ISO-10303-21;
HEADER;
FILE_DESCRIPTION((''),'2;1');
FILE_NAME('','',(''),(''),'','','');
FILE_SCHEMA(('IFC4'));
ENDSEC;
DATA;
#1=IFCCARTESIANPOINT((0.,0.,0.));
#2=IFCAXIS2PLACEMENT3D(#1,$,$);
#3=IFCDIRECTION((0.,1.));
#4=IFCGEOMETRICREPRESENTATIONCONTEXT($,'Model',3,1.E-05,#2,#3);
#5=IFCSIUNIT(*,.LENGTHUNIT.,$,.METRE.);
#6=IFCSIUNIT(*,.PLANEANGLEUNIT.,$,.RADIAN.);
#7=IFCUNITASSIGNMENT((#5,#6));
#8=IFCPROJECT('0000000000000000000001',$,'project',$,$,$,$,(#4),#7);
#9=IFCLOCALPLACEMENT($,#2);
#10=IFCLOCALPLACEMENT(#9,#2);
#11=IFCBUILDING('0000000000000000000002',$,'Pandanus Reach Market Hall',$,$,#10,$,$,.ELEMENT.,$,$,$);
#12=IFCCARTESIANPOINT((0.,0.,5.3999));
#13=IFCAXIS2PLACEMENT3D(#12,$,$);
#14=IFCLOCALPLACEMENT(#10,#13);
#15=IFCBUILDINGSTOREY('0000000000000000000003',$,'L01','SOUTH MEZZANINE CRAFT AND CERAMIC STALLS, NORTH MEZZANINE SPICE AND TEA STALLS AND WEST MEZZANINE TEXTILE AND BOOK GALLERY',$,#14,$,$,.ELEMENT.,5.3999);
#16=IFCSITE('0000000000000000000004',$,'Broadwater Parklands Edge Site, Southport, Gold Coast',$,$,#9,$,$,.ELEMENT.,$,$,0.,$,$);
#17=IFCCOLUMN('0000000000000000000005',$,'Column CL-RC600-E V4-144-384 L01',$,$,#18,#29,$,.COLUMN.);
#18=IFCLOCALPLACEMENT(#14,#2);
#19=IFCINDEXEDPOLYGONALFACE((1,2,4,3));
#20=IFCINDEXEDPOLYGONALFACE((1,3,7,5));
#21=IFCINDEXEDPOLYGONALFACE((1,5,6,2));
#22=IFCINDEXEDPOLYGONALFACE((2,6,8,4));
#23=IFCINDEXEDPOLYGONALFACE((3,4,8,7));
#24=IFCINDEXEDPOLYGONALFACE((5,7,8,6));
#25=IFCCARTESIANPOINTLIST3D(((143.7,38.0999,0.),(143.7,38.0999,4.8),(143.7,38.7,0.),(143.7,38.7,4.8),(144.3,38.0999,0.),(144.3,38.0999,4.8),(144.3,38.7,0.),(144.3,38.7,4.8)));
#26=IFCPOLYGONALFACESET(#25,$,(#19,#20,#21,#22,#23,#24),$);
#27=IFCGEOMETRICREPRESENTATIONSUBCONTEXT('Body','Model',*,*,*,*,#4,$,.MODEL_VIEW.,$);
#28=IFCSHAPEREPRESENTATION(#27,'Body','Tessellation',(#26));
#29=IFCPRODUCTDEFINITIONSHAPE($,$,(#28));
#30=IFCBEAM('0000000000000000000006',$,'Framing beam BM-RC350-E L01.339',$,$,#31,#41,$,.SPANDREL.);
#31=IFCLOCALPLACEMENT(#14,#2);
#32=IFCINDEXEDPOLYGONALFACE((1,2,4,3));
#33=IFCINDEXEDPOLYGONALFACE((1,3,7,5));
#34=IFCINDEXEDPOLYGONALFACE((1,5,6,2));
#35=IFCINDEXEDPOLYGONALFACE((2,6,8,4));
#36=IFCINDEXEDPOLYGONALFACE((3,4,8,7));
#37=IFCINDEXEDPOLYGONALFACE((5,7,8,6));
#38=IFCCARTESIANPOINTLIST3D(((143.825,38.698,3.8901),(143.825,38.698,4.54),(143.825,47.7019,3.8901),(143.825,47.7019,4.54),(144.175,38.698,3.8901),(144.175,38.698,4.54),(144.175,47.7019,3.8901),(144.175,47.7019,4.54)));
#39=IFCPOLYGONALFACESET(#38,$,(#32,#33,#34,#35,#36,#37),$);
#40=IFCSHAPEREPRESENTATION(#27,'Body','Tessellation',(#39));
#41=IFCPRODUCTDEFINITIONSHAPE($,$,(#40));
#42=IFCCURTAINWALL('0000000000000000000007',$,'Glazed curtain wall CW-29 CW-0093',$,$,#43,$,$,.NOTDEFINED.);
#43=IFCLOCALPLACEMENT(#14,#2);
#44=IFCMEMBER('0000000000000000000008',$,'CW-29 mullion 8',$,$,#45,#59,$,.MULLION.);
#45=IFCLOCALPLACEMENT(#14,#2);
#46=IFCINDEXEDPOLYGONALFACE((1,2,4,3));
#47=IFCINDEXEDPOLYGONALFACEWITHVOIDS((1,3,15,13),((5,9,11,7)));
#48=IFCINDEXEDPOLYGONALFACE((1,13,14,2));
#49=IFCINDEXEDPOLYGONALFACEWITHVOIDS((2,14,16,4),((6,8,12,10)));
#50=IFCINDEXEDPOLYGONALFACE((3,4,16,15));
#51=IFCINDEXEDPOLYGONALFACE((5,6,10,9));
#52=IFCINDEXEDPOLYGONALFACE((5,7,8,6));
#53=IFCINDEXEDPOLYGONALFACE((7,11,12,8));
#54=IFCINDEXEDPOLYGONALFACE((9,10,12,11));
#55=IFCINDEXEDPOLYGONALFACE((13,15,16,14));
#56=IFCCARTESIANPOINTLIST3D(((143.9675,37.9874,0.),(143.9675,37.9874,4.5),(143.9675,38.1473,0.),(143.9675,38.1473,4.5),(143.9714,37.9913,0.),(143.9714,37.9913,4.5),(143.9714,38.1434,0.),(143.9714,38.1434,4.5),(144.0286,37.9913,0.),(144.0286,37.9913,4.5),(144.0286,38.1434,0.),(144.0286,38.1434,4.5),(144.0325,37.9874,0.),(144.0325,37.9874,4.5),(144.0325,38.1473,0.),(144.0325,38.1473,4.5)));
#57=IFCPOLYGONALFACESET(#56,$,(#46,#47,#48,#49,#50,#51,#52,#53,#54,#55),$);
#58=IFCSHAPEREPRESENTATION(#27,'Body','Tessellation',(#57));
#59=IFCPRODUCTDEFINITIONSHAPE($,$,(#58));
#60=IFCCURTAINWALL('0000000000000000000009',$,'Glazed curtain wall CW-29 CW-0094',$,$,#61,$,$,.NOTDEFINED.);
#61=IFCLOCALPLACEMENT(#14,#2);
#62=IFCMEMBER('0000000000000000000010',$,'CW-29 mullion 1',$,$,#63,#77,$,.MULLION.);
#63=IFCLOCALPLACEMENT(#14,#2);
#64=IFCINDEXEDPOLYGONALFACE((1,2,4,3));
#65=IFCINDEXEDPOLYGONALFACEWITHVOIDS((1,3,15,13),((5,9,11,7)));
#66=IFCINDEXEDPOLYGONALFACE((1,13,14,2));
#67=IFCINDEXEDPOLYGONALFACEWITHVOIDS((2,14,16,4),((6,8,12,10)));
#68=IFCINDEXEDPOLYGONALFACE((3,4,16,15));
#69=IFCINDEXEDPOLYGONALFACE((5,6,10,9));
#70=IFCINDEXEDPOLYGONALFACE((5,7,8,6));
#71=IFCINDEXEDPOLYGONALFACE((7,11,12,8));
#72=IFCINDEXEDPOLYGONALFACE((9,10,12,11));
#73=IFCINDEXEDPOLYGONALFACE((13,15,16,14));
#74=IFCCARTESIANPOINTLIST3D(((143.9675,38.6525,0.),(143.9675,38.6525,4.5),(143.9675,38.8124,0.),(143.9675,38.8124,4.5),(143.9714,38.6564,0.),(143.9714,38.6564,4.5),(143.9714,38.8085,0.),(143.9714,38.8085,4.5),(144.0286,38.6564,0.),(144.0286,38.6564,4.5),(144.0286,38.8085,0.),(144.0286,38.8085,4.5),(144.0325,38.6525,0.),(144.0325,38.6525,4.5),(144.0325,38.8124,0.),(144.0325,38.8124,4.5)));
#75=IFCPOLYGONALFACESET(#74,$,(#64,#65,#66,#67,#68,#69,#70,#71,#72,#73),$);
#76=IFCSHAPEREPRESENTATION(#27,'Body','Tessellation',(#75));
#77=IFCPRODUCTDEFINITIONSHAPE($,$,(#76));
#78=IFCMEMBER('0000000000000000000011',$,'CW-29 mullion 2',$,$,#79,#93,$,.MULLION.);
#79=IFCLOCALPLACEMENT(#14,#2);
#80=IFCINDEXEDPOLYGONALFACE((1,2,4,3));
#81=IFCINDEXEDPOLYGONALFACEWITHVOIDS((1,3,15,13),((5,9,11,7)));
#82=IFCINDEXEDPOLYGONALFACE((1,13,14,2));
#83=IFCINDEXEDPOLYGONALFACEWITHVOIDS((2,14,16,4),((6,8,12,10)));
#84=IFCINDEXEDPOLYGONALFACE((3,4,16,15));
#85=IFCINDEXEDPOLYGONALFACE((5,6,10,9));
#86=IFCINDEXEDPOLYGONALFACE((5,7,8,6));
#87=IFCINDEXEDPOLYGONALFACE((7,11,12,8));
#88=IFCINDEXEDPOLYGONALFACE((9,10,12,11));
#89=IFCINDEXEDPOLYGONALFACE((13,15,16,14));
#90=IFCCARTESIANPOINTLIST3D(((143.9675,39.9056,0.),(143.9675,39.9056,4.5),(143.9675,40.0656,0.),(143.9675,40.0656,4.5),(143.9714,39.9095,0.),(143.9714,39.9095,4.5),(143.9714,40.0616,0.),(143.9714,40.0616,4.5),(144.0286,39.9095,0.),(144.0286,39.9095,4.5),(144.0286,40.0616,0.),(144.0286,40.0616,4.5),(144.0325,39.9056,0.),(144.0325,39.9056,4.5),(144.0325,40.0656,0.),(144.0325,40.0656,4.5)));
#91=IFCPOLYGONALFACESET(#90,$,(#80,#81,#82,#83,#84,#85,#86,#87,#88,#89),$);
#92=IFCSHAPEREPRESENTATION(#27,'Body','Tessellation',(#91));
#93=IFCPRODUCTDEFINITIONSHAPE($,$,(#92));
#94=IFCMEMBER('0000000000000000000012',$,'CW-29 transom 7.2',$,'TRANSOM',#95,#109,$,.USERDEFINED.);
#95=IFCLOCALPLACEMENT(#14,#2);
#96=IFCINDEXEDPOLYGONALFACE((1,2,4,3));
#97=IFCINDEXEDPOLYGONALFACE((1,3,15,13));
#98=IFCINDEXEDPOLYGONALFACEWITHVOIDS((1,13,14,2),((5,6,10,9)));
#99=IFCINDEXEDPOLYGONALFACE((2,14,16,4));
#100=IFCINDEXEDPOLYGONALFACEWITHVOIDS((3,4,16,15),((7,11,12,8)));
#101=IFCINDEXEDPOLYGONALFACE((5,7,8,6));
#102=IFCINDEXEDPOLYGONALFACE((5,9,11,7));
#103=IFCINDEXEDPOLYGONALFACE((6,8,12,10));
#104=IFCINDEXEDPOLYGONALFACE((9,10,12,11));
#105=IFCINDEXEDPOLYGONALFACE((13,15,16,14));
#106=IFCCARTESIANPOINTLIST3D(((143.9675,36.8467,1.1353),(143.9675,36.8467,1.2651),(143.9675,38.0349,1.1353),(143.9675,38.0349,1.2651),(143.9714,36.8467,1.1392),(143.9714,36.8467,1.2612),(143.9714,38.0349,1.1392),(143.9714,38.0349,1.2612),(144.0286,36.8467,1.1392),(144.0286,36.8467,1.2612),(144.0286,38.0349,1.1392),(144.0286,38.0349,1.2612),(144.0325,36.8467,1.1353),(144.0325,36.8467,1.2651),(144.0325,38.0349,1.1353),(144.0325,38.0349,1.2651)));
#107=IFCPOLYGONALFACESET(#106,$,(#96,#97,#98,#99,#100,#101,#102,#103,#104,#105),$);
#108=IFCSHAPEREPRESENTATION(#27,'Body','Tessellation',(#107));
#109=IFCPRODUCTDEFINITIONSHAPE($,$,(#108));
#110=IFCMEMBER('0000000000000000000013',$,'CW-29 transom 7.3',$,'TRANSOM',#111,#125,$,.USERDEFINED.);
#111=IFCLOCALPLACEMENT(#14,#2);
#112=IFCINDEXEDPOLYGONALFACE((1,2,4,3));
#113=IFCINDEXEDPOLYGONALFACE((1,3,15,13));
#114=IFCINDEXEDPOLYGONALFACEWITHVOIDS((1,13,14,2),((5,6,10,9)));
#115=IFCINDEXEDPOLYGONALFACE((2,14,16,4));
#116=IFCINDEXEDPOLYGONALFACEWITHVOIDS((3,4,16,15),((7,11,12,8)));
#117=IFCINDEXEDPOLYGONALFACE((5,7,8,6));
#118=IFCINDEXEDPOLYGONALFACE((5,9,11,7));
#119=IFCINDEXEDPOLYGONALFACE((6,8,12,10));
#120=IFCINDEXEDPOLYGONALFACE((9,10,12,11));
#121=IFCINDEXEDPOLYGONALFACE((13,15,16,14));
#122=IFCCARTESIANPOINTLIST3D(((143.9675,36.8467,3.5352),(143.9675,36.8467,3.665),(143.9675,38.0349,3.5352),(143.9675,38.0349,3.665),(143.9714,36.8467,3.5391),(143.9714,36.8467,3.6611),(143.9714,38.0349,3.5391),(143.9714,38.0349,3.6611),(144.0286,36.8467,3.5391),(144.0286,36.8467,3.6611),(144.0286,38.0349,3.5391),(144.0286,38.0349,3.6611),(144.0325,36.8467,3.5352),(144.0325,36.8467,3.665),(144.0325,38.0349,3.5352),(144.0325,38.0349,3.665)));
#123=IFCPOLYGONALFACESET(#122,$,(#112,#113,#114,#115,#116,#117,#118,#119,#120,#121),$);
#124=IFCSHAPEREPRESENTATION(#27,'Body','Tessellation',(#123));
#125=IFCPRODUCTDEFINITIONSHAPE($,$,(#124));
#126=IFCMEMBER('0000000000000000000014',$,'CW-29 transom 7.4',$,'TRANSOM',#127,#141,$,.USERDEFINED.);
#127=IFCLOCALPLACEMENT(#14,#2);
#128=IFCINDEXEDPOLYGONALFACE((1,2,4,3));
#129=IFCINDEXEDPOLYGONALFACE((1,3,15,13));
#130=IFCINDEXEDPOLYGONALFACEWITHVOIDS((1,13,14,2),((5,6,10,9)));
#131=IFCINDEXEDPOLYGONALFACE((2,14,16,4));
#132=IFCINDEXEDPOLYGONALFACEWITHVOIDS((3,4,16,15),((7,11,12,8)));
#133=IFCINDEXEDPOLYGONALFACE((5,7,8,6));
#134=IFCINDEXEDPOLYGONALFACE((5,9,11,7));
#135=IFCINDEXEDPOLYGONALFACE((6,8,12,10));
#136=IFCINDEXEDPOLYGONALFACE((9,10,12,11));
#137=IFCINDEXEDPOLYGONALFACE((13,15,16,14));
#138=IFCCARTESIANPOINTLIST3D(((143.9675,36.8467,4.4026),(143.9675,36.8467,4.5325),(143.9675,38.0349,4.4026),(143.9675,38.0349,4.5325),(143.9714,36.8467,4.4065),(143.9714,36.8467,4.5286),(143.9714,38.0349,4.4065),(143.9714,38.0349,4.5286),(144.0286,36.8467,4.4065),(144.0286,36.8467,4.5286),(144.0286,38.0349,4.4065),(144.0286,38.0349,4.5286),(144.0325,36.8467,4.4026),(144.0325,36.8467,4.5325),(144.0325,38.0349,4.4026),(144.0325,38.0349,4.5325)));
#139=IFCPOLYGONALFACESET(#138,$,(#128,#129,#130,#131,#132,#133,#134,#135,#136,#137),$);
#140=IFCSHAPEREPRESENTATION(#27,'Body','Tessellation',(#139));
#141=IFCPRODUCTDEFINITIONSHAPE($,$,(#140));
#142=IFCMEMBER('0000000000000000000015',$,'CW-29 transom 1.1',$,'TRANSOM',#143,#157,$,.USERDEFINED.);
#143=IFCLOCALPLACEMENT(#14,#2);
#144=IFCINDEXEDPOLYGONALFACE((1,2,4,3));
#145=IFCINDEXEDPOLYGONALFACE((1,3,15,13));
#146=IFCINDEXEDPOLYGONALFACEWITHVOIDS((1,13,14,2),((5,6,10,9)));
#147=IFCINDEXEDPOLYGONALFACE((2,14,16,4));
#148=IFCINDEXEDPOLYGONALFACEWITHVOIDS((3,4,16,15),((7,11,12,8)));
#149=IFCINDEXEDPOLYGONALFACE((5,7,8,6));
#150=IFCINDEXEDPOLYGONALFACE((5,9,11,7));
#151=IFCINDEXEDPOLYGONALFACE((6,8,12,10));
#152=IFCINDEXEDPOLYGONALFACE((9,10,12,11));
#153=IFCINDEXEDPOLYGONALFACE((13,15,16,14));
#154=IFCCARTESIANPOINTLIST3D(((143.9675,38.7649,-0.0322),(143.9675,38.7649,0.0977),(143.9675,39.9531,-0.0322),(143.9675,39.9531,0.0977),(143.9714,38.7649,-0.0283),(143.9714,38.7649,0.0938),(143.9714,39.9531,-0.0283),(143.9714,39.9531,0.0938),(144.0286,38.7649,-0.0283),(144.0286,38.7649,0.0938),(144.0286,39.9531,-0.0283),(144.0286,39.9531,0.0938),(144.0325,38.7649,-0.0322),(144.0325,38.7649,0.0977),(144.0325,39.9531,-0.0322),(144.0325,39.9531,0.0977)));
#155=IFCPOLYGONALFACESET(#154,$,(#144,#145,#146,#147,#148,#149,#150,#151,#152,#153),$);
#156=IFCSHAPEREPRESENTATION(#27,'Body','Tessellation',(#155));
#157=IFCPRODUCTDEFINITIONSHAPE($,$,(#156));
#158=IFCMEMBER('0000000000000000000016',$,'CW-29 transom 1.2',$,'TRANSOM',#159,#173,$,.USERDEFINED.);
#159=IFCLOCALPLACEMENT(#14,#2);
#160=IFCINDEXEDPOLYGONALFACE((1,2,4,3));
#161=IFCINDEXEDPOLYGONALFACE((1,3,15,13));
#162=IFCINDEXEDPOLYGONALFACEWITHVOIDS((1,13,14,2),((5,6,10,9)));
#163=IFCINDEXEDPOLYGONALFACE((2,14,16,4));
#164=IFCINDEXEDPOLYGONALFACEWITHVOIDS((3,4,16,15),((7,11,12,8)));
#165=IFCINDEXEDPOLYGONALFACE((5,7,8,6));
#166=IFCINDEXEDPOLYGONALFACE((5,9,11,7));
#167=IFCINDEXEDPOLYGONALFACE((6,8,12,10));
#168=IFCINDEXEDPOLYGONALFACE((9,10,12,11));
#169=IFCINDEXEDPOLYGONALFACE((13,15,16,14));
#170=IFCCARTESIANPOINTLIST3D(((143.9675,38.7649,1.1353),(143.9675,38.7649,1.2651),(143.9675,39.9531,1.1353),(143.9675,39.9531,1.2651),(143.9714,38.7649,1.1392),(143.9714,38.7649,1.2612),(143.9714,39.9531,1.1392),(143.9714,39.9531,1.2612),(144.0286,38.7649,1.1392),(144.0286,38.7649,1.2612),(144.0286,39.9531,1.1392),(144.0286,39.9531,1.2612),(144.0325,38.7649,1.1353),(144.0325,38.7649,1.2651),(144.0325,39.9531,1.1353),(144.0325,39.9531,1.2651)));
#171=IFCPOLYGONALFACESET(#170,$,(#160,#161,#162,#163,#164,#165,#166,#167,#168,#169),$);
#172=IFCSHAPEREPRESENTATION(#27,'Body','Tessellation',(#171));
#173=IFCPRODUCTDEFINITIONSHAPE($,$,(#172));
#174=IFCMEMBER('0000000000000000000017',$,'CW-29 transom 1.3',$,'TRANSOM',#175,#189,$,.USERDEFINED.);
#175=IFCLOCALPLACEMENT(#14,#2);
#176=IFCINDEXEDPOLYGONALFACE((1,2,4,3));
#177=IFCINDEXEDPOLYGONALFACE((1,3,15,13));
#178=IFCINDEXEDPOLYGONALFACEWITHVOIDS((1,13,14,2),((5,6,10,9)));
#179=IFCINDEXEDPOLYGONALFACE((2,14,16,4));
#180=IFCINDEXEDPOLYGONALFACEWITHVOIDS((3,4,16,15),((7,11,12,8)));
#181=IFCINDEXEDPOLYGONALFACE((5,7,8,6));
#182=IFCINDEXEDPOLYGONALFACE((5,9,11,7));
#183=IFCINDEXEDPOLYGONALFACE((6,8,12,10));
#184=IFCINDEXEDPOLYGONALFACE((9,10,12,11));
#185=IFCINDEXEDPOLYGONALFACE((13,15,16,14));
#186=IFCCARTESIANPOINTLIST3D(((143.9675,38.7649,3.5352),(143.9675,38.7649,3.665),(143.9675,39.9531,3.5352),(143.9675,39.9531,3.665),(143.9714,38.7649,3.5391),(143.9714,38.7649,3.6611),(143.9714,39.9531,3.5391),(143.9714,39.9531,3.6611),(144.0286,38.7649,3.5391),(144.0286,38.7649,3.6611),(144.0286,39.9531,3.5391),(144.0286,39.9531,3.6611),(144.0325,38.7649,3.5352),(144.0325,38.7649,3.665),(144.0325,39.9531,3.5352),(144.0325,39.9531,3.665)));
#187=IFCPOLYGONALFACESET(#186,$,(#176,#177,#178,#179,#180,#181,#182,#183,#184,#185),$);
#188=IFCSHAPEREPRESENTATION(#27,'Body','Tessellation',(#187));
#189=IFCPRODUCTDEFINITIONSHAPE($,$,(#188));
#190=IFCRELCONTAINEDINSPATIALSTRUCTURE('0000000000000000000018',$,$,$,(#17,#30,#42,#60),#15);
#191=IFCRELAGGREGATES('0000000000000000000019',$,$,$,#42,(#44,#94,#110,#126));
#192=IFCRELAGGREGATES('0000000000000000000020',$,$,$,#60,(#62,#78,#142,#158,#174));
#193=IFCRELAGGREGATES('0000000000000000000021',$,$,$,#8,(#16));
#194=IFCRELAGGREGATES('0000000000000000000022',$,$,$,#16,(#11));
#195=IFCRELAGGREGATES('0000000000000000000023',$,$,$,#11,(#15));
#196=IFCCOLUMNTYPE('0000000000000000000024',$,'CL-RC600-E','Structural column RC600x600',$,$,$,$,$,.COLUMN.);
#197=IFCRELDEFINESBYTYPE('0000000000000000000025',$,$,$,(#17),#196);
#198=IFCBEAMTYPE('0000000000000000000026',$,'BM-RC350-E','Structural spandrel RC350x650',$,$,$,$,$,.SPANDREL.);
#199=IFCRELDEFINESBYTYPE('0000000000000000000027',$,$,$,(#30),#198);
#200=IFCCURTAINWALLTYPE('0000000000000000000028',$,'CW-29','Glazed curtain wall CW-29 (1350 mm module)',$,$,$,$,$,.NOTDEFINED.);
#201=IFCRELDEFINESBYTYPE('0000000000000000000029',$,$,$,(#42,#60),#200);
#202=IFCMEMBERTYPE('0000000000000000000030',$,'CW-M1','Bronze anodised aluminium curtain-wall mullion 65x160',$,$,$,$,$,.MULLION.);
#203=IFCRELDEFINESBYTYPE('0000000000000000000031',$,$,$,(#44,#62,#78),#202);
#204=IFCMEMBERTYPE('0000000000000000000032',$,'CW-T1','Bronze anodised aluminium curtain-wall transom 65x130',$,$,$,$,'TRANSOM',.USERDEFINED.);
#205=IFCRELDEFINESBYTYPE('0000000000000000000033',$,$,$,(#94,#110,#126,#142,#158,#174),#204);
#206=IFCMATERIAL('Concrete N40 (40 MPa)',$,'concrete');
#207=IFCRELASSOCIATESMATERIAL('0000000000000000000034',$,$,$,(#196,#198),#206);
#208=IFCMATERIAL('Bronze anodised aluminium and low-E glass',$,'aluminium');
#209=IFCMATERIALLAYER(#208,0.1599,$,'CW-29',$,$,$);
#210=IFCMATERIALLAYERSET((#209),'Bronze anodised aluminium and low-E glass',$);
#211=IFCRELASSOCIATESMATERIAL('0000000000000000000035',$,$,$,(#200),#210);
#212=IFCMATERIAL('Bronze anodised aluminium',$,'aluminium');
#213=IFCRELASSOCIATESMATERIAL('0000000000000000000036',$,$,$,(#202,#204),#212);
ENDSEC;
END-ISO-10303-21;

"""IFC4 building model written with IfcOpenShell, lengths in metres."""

from ifc_helpers import new_model, si_unit, direction, frame, origin, origin_2d, place, context, subcontext, project, spatial, rectangle, hollow_rectangle, extrude, material, layer, layer_set, material_profile, profile_set, type_object, element, aggregate, save


model = new_model("IFC4")

# Units and contexts
model_context = context("Model", 3, precision=1e-05, world=origin(), true_north=direction((0.0, 1.0)))
body_context = subcontext(model_context, "Body", "Model", "MODEL_VIEW")
ifc_project = project(units=[si_unit("LENGTHUNIT", "METRE"), si_unit("PLANEANGLEUNIT", "RADIAN")], contexts=[model_context])

# Site, building, storey
site_placement = place(None, origin())
site = spatial("IfcSite", under=ifc_project, at=site_placement, Name="Broadwater Parklands Edge Site, Southport, Gold Coast", CompositionType="ELEMENT", RefElevation=0.0)
building_placement = place(site_placement, origin())
building = spatial("IfcBuilding", under=site, at=building_placement, Name="Pandanus Reach Market Hall", CompositionType="ELEMENT")
storey_placement = place(building_placement, frame((0.0, 0.0, 5.3999)))
storey = spatial("IfcBuildingStorey", under=building, at=storey_placement, Name="L01", Description="SOUTH MEZZANINE CRAFT AND CERAMIC STALLS, NORTH MEZZANINE SPICE AND TEA STALLS AND WEST MEZZANINE TEXTILE AND BOOK GALLERY", CompositionType="ELEMENT", Elevation=5.3999)

# Column
ifc_material_1 = material(Name="Concrete N40 (40 MPa)", Category="concrete")
ifc_material_profile_1 = material_profile(ifc_material_1, rectangle(XDim=0.6001, YDim=0.6001, at=origin_2d()), Name="RC600x600", Category="LoadBearing")
ifc_profile_set_1 = profile_set([ifc_material_profile_1], Name="Concrete N40 (40 MPa)")
column_type = type_object("IfcColumnType", Name="CL-RC600-E", Description="Structural column RC600x600", PredefinedType="COLUMN", material=ifc_profile_set_1)
column_placement = place(storey_placement, frame((144.0, 38.3999, 0.0), z_axis=(0.0, 0.0, 1.0), x_axis=(1.0, 0.0, 0.0)))
element("IfcColumn", 1, at=column_placement, inside=storey, type_object=column_type, Name="Column CL-RC600-E V4-144-384 L01", PredefinedType="COLUMN", context=body_context, shape_type="SweptSolid", body=[
    extrude(rectangle(XDim=0.6001, YDim=0.6001, at=origin_2d()), origin(), (0.0, 0.0, 1.0), 4.8),
])

# Beam
ifc_material_profile_2 = material_profile(ifc_material_1, rectangle(XDim=0.3501, YDim=0.6499, at=origin_2d()), Name="RC350x650", Category="LoadBearing")
ifc_profile_set_2 = profile_set([ifc_material_profile_2], Name="Concrete N40 (40 MPa)")
beam_type = type_object("IfcBeamType", Name="BM-RC350-E", Description="Structural spandrel RC350x650", PredefinedType="SPANDREL", material=ifc_profile_set_2)
beam_placement = place(storey_placement, frame((144.0, 38.698, 4.2151), z_axis=(0.0, 1.0, 0.0), x_axis=(-1.0, 0.0, 0.0)))
element("IfcBeam", 2, at=beam_placement, inside=storey, type_object=beam_type, Name="Framing beam BM-RC350-E L01.339", PredefinedType="SPANDREL", context=body_context, shape_type="SweptSolid", body=[
    extrude(rectangle(XDim=0.3501, YDim=0.6499, at=origin_2d()), origin(), (0.0, 0.0, 1.0), 9.0039),
])

# Curtain wall, member
ifc_material_2 = material(Name="Bronze anodised aluminium and low-E glass", Category="aluminium")
ifc_layer_1 = layer(ifc_material_2, 0.1599, Name="CW-29")
ifc_layer_set_1 = layer_set([ifc_layer_1], Name="Bronze anodised aluminium and low-E glass")
curtain_wall_type = type_object("IfcCurtainWallType", Name="CW-29", Description="Glazed curtain wall CW-29 (1350 mm module)", PredefinedType="NOTDEFINED", material=ifc_layer_set_1)
curtain_wall_1_placement = place(storey_placement, origin())
curtain_wall_1 = element("IfcCurtainWall", 3, at=curtain_wall_1_placement, inside=storey, type_object=curtain_wall_type, Name="Glazed curtain wall CW-29 CW-0093", PredefinedType="NOTDEFINED")
ifc_material_3 = material(Name="Bronze anodised aluminium", Category="aluminium")
ifc_material_profile_3 = material_profile(ifc_material_3, hollow_rectangle(XDim=0.0649, YDim=0.1599, WallThickness=0.0039, at=origin_2d()), Name="ALU65x160", Category="LoadBearing")
ifc_profile_set_3 = profile_set([ifc_material_profile_3], Name="Bronze anodised aluminium")
member_type_1 = type_object("IfcMemberType", Name="CW-M1", Description="Bronze anodised aluminium curtain-wall mullion 65x160", PredefinedType="MULLION", material=ifc_profile_set_3)
member_1_placement = place(storey_placement, frame((144.0, 38.0674, 0.0), z_axis=(0.0, 0.0, 1.0), x_axis=(-1.0, 0.0, 0.0)))
member_1 = element("IfcMember", 4, at=member_1_placement, type_object=member_type_1, Name="CW-29 mullion 8", PredefinedType="MULLION", context=body_context, shape_type="SweptSolid", body=[
    extrude(hollow_rectangle(XDim=0.0649, YDim=0.1599, WallThickness=0.0039, at=origin_2d()), origin(), (0.0, 0.0, 1.0), 4.5),
])

# Curtain wall, members
curtain_wall_2_placement = place(storey_placement, origin())
curtain_wall_2 = element("IfcCurtainWall", 5, at=curtain_wall_2_placement, inside=storey, type_object=curtain_wall_type, Name="Glazed curtain wall CW-29 CW-0094", PredefinedType="NOTDEFINED")
member_2_placement = place(storey_placement, frame((144.0, 38.7324, 0.0), z_axis=(0.0, 0.0, 1.0), x_axis=(-1.0, 0.0, 0.0)))
member_2 = element("IfcMember", 6, at=member_2_placement, type_object=member_type_1, Name="CW-29 mullion 1", PredefinedType="MULLION", context=body_context, shape_type="SweptSolid", body=[
    extrude(hollow_rectangle(XDim=0.0649, YDim=0.1599, WallThickness=0.0039, at=origin_2d()), origin(), (0.0, 0.0, 1.0), 4.5),
])
member_3_placement = place(storey_placement, frame((144.0, 39.9856, 0.0), z_axis=(0.0, 0.0, 1.0), x_axis=(-1.0, 0.0, 0.0)))
member_3 = element("IfcMember", 7, at=member_3_placement, type_object=member_type_1, Name="CW-29 mullion 2", PredefinedType="MULLION", context=body_context, shape_type="SweptSolid", body=[
    extrude(hollow_rectangle(XDim=0.0649, YDim=0.1599, WallThickness=0.0039, at=origin_2d()), origin(), (0.0, 0.0, 1.0), 4.5),
])

# Members
ifc_material_profile_4 = material_profile(ifc_material_3, hollow_rectangle(XDim=0.0649, YDim=0.1299, WallThickness=0.0039, at=origin_2d()), Name="ALU65x130", Category="LoadBearing")
ifc_profile_set_4 = profile_set([ifc_material_profile_4], Name="Bronze anodised aluminium")
member_type_2 = type_object("IfcMemberType", Name="CW-T1", Description="Bronze anodised aluminium curtain-wall transom 65x130", ElementType="TRANSOM", PredefinedType="USERDEFINED", material=ifc_profile_set_4)
member_4_placement = place(storey_placement, frame((144.0, 36.8467, 1.2002), z_axis=(0.0, 1.0, 0.0), x_axis=(-1.0, 0.0, 0.0)))
member_4 = element("IfcMember", 8, at=member_4_placement, type_object=member_type_2, Name="CW-29 transom 7.2", ObjectType="TRANSOM", PredefinedType="USERDEFINED", context=body_context, shape_type="SweptSolid", body=[
    extrude(hollow_rectangle(XDim=0.0649, YDim=0.1299, WallThickness=0.0039, at=origin_2d()), origin(), (0.0, 0.0, 1.0), 1.1882),
])
member_5_placement = place(storey_placement, frame((144.0, 36.8467, 3.6001), z_axis=(0.0, 1.0, 0.0), x_axis=(-1.0, 0.0, 0.0)))
member_5 = element("IfcMember", 9, at=member_5_placement, type_object=member_type_2, Name="CW-29 transom 7.3", ObjectType="TRANSOM", PredefinedType="USERDEFINED", context=body_context, shape_type="SweptSolid", body=[
    extrude(hollow_rectangle(XDim=0.0649, YDim=0.1299, WallThickness=0.0039, at=origin_2d()), origin(), (0.0, 0.0, 1.0), 1.1882),
])
member_6_placement = place(storey_placement, frame((144.0, 36.8467, 4.4675), z_axis=(0.0, 1.0, 0.0), x_axis=(-1.0, 0.0, 0.0)))
member_6 = element("IfcMember", 10, at=member_6_placement, type_object=member_type_2, Name="CW-29 transom 7.4", ObjectType="TRANSOM", PredefinedType="USERDEFINED", context=body_context, shape_type="SweptSolid", body=[
    extrude(hollow_rectangle(XDim=0.0649, YDim=0.1299, WallThickness=0.0039, at=origin_2d()), origin(), (0.0, 0.0, 1.0), 1.1882),
])
member_7_placement = place(storey_placement, frame((144.0, 38.7649, 0.0327), z_axis=(0.0, 1.0, 0.0), x_axis=(-1.0, 0.0, 0.0)))
member_7 = element("IfcMember", 11, at=member_7_placement, type_object=member_type_2, Name="CW-29 transom 1.1", ObjectType="TRANSOM", PredefinedType="USERDEFINED", context=body_context, shape_type="SweptSolid", body=[
    extrude(hollow_rectangle(XDim=0.0649, YDim=0.1299, WallThickness=0.0039, at=origin_2d()), origin(), (0.0, 0.0, 1.0), 1.1882),
])
member_8_placement = place(storey_placement, frame((144.0, 38.7649, 1.2002), z_axis=(0.0, 1.0, 0.0), x_axis=(-1.0, 0.0, 0.0)))
member_8 = element("IfcMember", 12, at=member_8_placement, type_object=member_type_2, Name="CW-29 transom 1.2", ObjectType="TRANSOM", PredefinedType="USERDEFINED", context=body_context, shape_type="SweptSolid", body=[
    extrude(hollow_rectangle(XDim=0.0649, YDim=0.1299, WallThickness=0.0039, at=origin_2d()), origin(), (0.0, 0.0, 1.0), 1.1882),
])
member_9_placement = place(storey_placement, frame((144.0, 38.7649, 3.6001), z_axis=(0.0, 1.0, 0.0), x_axis=(-1.0, 0.0, 0.0)))
member_9 = element("IfcMember", 13, at=member_9_placement, type_object=member_type_2, Name="CW-29 transom 1.3", ObjectType="TRANSOM", PredefinedType="USERDEFINED", context=body_context, shape_type="SweptSolid", body=[
    extrude(hollow_rectangle(XDim=0.0649, YDim=0.1299, WallThickness=0.0039, at=origin_2d()), origin(), (0.0, 0.0, 1.0), 1.1882),
])

aggregate(curtain_wall_1, [member_1, member_4, member_5, member_6])
aggregate(curtain_wall_2, [member_2, member_3, member_7, member_8, member_9])

save(model, "model.ifc")
